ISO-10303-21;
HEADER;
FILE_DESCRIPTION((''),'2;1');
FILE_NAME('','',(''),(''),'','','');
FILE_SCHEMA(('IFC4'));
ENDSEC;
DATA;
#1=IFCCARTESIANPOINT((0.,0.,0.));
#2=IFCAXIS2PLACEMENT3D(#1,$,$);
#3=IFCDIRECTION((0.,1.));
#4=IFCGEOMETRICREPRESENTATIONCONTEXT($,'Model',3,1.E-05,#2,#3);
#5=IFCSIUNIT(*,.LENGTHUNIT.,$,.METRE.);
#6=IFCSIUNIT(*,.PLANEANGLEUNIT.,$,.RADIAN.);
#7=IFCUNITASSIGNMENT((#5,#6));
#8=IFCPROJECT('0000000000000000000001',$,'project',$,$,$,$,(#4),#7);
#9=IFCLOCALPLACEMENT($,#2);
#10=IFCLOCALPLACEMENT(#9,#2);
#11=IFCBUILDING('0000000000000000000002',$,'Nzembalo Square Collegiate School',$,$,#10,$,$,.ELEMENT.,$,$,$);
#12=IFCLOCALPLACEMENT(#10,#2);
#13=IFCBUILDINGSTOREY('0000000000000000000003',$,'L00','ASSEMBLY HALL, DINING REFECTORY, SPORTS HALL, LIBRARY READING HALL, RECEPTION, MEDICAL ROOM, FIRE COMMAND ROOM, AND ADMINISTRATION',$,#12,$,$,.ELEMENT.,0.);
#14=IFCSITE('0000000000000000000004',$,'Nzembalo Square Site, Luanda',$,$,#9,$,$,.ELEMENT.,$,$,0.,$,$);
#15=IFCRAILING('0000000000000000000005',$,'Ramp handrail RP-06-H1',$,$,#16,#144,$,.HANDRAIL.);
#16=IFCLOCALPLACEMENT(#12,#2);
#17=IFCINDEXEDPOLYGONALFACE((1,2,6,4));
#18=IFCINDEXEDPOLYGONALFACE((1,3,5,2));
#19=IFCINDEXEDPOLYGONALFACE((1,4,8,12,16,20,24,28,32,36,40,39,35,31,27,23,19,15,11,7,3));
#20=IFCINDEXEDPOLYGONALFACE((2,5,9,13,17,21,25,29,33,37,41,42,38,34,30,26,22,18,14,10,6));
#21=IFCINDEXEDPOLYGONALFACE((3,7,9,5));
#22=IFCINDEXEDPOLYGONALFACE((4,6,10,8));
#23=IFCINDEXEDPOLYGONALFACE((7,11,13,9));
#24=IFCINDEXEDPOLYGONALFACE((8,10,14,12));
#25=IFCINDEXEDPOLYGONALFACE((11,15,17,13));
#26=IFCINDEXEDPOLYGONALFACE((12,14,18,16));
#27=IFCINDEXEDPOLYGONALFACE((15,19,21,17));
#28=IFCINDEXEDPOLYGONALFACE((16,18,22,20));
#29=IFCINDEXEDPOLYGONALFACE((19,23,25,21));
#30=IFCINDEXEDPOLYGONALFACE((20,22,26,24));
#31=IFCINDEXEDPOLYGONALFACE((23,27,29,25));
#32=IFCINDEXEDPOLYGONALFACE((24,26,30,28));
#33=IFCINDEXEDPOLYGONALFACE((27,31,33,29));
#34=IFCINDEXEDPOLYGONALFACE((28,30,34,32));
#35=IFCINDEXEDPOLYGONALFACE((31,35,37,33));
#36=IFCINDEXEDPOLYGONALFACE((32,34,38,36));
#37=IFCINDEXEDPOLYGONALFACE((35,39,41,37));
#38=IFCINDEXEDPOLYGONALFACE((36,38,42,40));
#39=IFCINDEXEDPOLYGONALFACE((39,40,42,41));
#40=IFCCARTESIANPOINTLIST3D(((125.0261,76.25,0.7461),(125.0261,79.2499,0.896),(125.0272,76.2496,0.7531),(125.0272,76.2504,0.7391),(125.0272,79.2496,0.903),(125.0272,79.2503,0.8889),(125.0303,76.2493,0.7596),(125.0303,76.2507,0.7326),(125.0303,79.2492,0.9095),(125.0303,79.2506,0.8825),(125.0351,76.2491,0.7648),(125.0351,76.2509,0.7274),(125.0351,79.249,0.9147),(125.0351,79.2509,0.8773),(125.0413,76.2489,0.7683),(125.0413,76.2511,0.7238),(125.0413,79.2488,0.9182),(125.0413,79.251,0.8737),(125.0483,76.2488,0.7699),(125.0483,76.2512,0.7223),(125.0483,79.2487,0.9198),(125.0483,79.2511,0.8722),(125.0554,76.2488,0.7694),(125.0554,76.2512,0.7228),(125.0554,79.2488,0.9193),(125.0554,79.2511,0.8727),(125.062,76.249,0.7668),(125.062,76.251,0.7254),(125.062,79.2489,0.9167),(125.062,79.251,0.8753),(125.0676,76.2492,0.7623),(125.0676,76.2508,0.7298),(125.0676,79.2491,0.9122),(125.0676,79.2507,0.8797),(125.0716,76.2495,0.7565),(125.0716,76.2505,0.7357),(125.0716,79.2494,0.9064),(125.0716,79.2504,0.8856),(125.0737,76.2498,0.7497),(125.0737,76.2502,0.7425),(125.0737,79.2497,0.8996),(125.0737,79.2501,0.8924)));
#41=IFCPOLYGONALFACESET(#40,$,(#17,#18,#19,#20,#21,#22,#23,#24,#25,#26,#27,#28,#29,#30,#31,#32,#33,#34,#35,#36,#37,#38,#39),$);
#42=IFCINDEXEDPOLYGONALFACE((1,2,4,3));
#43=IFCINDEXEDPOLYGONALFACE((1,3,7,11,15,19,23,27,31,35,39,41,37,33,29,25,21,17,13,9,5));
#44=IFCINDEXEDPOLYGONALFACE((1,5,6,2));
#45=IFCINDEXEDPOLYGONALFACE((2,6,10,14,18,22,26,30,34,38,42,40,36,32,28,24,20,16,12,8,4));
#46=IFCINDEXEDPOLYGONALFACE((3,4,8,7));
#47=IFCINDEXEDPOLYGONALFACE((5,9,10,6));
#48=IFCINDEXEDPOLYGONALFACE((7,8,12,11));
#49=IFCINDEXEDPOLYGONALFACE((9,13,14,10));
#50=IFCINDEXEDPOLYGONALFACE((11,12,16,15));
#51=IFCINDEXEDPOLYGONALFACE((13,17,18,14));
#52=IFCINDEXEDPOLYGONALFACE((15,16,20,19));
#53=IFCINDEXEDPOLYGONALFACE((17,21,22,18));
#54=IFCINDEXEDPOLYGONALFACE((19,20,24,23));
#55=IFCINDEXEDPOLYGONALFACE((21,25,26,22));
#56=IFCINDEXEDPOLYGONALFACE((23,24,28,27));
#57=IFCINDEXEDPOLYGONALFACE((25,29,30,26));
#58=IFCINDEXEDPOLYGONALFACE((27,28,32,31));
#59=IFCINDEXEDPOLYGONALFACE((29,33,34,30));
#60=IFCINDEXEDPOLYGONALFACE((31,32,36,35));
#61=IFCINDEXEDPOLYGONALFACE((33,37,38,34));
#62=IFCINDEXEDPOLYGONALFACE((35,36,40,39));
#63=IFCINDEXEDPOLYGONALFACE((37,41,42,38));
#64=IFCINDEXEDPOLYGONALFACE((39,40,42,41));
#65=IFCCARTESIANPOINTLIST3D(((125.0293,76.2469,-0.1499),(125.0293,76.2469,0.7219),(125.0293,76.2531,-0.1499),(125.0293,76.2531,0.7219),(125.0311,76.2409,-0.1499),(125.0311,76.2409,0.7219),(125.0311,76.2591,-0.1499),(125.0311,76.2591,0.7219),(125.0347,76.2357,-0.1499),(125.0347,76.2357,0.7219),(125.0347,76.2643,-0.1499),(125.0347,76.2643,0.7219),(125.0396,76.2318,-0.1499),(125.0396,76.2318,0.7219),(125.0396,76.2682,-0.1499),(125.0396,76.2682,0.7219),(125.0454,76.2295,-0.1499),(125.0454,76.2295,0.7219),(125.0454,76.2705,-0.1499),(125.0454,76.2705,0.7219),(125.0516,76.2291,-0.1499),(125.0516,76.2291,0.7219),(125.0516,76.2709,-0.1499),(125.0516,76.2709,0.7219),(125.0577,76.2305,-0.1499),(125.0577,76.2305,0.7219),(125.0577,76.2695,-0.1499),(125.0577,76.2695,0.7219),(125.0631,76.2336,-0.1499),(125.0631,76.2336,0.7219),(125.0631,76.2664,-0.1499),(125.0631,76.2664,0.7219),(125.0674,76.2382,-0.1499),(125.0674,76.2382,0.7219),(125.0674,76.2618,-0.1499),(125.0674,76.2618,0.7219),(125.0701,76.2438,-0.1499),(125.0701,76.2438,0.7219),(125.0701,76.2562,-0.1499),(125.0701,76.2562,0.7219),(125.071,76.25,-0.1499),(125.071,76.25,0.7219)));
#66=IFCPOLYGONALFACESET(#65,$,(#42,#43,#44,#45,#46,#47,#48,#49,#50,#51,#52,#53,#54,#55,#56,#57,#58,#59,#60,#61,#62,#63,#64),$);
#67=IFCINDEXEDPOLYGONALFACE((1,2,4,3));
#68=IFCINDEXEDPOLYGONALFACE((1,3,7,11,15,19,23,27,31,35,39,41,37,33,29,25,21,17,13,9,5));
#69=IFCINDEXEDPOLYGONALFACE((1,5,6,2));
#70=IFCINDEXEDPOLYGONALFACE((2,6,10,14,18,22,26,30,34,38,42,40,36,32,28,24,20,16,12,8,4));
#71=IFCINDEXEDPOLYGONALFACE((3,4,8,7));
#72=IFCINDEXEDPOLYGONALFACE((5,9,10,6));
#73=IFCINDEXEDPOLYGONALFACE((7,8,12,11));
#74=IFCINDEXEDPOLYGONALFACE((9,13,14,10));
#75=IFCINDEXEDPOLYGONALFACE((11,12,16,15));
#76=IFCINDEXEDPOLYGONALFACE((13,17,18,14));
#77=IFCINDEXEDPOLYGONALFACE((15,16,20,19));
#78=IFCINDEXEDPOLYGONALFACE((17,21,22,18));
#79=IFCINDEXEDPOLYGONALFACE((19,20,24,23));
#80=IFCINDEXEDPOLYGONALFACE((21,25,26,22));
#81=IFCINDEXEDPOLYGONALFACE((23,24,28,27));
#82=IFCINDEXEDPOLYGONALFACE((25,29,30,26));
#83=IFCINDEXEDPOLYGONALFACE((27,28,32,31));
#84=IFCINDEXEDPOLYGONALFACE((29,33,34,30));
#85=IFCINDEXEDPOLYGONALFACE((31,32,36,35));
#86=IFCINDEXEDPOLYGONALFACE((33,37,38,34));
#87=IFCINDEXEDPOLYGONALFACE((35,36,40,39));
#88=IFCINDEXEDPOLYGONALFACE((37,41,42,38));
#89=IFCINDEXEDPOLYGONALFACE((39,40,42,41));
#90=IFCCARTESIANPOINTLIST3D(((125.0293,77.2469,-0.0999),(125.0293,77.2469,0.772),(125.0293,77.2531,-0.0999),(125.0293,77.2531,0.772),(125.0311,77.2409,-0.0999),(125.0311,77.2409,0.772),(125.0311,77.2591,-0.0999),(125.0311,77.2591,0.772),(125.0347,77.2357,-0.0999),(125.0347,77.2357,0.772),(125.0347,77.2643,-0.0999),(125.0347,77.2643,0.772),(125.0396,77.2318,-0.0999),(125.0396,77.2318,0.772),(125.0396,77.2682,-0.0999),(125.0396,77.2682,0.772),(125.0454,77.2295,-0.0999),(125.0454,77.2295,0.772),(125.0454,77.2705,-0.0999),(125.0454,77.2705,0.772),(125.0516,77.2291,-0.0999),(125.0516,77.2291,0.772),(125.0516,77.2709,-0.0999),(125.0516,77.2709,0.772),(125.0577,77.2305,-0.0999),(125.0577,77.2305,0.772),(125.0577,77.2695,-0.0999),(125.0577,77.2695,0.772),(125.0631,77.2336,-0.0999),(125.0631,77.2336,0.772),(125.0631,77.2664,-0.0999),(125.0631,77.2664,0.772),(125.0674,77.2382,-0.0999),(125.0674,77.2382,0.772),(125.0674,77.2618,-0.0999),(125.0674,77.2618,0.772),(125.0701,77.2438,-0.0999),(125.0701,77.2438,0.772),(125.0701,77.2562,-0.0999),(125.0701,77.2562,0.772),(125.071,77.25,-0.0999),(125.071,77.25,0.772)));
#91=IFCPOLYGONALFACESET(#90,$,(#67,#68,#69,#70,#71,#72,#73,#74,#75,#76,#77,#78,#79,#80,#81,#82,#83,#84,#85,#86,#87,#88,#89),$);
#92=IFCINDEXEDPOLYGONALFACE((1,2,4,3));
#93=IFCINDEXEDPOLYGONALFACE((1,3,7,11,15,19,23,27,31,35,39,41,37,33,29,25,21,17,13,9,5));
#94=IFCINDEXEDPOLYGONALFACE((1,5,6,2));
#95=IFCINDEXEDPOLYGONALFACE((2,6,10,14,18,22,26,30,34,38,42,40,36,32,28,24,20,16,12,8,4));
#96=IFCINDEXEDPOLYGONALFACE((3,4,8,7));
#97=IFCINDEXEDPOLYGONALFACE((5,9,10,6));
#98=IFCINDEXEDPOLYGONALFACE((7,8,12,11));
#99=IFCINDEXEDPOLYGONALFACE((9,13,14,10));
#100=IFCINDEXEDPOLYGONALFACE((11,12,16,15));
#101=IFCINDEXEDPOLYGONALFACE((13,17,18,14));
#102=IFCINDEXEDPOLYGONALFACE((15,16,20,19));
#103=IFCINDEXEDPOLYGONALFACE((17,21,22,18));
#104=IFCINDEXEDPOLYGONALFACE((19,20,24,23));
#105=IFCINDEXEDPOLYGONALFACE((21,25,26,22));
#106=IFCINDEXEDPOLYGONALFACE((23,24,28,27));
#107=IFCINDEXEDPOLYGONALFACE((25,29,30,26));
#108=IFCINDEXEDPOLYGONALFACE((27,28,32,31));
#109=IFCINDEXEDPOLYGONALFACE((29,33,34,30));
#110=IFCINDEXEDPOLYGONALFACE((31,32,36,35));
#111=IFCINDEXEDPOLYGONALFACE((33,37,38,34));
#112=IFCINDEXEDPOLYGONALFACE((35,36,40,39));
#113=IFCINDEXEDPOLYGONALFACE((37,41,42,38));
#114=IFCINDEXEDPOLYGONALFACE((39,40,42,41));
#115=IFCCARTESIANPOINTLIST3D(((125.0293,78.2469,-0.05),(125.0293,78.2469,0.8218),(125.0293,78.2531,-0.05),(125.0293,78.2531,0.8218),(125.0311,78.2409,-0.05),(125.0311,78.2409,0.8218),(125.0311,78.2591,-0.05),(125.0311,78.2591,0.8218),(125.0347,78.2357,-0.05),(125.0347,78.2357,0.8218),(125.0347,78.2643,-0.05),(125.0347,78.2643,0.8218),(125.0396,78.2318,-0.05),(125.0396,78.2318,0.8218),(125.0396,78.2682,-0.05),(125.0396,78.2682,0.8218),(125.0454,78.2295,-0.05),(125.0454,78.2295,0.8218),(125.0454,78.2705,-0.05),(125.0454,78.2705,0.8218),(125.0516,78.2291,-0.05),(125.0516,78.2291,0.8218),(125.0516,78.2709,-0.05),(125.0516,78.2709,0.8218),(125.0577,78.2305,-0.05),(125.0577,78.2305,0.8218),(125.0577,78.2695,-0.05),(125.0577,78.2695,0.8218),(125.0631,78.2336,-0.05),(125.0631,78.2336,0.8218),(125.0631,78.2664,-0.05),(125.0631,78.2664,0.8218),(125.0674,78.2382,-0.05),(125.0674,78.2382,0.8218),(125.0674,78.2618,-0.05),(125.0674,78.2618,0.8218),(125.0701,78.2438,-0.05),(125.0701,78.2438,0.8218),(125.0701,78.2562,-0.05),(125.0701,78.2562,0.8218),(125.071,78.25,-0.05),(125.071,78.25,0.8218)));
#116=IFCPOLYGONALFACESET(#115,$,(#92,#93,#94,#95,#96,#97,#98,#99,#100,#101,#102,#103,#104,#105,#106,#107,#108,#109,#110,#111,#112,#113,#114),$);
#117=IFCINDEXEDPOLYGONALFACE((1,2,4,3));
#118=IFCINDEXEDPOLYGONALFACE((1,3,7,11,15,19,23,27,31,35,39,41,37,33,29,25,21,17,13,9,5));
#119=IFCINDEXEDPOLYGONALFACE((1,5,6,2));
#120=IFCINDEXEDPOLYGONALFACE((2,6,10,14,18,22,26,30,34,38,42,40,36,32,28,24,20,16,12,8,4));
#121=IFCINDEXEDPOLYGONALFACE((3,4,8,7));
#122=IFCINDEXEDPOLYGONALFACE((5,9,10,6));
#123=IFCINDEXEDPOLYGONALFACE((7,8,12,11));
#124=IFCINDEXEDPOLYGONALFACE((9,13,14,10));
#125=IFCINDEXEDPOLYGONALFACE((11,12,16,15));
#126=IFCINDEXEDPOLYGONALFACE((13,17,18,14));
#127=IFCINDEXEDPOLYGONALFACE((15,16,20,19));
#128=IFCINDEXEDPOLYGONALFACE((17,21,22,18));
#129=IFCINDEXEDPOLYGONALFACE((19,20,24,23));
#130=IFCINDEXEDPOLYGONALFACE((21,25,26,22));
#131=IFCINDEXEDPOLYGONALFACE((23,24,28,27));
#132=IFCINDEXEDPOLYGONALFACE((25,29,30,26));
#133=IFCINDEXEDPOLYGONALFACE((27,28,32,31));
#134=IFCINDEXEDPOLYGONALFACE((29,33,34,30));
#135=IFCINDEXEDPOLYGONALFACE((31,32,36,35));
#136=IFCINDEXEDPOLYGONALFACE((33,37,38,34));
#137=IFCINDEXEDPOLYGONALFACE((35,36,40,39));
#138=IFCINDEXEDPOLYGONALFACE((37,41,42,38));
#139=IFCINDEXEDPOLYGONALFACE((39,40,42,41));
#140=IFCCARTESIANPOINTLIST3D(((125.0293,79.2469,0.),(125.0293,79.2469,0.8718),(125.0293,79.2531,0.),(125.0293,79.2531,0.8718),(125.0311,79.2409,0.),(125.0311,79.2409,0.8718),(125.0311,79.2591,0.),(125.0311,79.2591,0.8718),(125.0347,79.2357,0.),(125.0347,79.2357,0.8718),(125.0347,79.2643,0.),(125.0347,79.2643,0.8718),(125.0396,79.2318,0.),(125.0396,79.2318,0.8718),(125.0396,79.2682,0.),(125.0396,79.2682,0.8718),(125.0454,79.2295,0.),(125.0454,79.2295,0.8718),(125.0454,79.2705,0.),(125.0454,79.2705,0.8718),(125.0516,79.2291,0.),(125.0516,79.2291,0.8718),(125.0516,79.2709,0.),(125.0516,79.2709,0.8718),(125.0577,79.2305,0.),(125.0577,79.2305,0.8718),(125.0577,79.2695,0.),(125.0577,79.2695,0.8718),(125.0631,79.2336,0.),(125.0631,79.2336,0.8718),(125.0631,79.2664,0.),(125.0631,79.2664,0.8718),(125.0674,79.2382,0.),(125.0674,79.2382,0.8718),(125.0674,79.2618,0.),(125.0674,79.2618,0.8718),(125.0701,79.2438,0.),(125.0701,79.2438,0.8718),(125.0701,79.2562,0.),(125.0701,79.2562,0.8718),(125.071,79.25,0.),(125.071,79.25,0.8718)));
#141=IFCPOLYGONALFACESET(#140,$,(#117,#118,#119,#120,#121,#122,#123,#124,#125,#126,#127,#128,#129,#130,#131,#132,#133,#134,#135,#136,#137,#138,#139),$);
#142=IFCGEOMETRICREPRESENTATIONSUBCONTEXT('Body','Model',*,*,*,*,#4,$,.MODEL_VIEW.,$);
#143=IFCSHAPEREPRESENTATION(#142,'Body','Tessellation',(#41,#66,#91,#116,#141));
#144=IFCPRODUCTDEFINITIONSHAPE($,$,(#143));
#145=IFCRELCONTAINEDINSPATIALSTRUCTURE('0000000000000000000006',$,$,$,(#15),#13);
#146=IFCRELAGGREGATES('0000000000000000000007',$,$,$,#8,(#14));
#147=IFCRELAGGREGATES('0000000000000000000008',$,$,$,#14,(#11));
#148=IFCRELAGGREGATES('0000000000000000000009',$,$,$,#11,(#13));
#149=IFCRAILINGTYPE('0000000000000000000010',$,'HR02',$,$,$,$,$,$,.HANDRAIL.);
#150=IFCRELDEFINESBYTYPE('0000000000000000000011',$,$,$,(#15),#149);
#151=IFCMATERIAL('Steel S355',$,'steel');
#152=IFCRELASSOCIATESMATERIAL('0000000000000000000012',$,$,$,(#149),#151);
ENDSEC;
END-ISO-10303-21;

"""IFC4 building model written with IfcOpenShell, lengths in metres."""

from ifc_helpers import new_model, si_unit, direction, frame, origin, origin_2d, place, context, subcontext, project, spatial, circle, extrude, material, type_object, element, save


model = new_model("IFC4")

# Units and contexts
model_context = context("Model", 3, precision=1e-05, world=origin(), true_north=direction((0.0, 1.0)))
body_context = subcontext(model_context, "Body", "Model", "MODEL_VIEW")
ifc_project = project(units=[si_unit("LENGTHUNIT", "METRE"), si_unit("PLANEANGLEUNIT", "RADIAN")], contexts=[model_context])

# Site, building, storey
site_placement = place(None, origin())
site = spatial("IfcSite", under=ifc_project, at=site_placement, Name="Nzembalo Square Site, Luanda", CompositionType="ELEMENT", RefElevation=0.0)
building_placement = place(site_placement, origin())
building = spatial("IfcBuilding", under=site, at=building_placement, Name="Nzembalo Square Collegiate School", CompositionType="ELEMENT")
storey_placement = place(building_placement, origin())
storey = spatial("IfcBuildingStorey", under=building, at=storey_placement, Name="L00", Description="ASSEMBLY HALL, DINING REFECTORY, SPORTS HALL, LIBRARY READING HALL, RECEPTION, MEDICAL ROOM, FIRE COMMAND ROOM, AND ADMINISTRATION", CompositionType="ELEMENT", Elevation=0.0)

# Railing
ifc_material_1 = material(Name="Steel S355", Category="steel")
railing_type = type_object("IfcRailingType", Name="HR02", PredefinedType="HANDRAIL", material=ifc_material_1)
for number, where, name in (
    (1, (125.05, 76.25, -0.1499), "Ramp handrail RP-06-H1"),
):
    element("IfcRailing", number, at=place(storey_placement, frame(where)), inside=storey, type_object=railing_type, Name=name, PredefinedType="HANDRAIL", context=body_context, shape_type="SweptSolid", body=[
        extrude(circle(Radius=0.0239, at=origin_2d()), frame((0.0, 0.0, 0.896), z_axis=(0.0, 0.998754, 0.049905), x_axis=(-1.0, 0.0, 0.0)), (0.0, 0.0, 1.0), 3.0037),
        extrude(circle(Radius=0.021, at=origin_2d()), origin(), (0.0, 0.0, 1.0), 0.8718),
        extrude(circle(Radius=0.021, at=origin_2d()), frame((0.0, 1.0, 0.05)), (0.0, 0.0, 1.0), 0.8718),
        extrude(circle(Radius=0.021, at=origin_2d()), frame((0.0, 2.0, 0.0999)), (0.0, 0.0, 1.0), 0.8718),
        extrude(circle(Radius=0.021, at=origin_2d()), frame((0.0, 3.0, 0.1499)), (0.0, 0.0, 1.0), 0.8718),
    ])

save(model, "model.ifc")
